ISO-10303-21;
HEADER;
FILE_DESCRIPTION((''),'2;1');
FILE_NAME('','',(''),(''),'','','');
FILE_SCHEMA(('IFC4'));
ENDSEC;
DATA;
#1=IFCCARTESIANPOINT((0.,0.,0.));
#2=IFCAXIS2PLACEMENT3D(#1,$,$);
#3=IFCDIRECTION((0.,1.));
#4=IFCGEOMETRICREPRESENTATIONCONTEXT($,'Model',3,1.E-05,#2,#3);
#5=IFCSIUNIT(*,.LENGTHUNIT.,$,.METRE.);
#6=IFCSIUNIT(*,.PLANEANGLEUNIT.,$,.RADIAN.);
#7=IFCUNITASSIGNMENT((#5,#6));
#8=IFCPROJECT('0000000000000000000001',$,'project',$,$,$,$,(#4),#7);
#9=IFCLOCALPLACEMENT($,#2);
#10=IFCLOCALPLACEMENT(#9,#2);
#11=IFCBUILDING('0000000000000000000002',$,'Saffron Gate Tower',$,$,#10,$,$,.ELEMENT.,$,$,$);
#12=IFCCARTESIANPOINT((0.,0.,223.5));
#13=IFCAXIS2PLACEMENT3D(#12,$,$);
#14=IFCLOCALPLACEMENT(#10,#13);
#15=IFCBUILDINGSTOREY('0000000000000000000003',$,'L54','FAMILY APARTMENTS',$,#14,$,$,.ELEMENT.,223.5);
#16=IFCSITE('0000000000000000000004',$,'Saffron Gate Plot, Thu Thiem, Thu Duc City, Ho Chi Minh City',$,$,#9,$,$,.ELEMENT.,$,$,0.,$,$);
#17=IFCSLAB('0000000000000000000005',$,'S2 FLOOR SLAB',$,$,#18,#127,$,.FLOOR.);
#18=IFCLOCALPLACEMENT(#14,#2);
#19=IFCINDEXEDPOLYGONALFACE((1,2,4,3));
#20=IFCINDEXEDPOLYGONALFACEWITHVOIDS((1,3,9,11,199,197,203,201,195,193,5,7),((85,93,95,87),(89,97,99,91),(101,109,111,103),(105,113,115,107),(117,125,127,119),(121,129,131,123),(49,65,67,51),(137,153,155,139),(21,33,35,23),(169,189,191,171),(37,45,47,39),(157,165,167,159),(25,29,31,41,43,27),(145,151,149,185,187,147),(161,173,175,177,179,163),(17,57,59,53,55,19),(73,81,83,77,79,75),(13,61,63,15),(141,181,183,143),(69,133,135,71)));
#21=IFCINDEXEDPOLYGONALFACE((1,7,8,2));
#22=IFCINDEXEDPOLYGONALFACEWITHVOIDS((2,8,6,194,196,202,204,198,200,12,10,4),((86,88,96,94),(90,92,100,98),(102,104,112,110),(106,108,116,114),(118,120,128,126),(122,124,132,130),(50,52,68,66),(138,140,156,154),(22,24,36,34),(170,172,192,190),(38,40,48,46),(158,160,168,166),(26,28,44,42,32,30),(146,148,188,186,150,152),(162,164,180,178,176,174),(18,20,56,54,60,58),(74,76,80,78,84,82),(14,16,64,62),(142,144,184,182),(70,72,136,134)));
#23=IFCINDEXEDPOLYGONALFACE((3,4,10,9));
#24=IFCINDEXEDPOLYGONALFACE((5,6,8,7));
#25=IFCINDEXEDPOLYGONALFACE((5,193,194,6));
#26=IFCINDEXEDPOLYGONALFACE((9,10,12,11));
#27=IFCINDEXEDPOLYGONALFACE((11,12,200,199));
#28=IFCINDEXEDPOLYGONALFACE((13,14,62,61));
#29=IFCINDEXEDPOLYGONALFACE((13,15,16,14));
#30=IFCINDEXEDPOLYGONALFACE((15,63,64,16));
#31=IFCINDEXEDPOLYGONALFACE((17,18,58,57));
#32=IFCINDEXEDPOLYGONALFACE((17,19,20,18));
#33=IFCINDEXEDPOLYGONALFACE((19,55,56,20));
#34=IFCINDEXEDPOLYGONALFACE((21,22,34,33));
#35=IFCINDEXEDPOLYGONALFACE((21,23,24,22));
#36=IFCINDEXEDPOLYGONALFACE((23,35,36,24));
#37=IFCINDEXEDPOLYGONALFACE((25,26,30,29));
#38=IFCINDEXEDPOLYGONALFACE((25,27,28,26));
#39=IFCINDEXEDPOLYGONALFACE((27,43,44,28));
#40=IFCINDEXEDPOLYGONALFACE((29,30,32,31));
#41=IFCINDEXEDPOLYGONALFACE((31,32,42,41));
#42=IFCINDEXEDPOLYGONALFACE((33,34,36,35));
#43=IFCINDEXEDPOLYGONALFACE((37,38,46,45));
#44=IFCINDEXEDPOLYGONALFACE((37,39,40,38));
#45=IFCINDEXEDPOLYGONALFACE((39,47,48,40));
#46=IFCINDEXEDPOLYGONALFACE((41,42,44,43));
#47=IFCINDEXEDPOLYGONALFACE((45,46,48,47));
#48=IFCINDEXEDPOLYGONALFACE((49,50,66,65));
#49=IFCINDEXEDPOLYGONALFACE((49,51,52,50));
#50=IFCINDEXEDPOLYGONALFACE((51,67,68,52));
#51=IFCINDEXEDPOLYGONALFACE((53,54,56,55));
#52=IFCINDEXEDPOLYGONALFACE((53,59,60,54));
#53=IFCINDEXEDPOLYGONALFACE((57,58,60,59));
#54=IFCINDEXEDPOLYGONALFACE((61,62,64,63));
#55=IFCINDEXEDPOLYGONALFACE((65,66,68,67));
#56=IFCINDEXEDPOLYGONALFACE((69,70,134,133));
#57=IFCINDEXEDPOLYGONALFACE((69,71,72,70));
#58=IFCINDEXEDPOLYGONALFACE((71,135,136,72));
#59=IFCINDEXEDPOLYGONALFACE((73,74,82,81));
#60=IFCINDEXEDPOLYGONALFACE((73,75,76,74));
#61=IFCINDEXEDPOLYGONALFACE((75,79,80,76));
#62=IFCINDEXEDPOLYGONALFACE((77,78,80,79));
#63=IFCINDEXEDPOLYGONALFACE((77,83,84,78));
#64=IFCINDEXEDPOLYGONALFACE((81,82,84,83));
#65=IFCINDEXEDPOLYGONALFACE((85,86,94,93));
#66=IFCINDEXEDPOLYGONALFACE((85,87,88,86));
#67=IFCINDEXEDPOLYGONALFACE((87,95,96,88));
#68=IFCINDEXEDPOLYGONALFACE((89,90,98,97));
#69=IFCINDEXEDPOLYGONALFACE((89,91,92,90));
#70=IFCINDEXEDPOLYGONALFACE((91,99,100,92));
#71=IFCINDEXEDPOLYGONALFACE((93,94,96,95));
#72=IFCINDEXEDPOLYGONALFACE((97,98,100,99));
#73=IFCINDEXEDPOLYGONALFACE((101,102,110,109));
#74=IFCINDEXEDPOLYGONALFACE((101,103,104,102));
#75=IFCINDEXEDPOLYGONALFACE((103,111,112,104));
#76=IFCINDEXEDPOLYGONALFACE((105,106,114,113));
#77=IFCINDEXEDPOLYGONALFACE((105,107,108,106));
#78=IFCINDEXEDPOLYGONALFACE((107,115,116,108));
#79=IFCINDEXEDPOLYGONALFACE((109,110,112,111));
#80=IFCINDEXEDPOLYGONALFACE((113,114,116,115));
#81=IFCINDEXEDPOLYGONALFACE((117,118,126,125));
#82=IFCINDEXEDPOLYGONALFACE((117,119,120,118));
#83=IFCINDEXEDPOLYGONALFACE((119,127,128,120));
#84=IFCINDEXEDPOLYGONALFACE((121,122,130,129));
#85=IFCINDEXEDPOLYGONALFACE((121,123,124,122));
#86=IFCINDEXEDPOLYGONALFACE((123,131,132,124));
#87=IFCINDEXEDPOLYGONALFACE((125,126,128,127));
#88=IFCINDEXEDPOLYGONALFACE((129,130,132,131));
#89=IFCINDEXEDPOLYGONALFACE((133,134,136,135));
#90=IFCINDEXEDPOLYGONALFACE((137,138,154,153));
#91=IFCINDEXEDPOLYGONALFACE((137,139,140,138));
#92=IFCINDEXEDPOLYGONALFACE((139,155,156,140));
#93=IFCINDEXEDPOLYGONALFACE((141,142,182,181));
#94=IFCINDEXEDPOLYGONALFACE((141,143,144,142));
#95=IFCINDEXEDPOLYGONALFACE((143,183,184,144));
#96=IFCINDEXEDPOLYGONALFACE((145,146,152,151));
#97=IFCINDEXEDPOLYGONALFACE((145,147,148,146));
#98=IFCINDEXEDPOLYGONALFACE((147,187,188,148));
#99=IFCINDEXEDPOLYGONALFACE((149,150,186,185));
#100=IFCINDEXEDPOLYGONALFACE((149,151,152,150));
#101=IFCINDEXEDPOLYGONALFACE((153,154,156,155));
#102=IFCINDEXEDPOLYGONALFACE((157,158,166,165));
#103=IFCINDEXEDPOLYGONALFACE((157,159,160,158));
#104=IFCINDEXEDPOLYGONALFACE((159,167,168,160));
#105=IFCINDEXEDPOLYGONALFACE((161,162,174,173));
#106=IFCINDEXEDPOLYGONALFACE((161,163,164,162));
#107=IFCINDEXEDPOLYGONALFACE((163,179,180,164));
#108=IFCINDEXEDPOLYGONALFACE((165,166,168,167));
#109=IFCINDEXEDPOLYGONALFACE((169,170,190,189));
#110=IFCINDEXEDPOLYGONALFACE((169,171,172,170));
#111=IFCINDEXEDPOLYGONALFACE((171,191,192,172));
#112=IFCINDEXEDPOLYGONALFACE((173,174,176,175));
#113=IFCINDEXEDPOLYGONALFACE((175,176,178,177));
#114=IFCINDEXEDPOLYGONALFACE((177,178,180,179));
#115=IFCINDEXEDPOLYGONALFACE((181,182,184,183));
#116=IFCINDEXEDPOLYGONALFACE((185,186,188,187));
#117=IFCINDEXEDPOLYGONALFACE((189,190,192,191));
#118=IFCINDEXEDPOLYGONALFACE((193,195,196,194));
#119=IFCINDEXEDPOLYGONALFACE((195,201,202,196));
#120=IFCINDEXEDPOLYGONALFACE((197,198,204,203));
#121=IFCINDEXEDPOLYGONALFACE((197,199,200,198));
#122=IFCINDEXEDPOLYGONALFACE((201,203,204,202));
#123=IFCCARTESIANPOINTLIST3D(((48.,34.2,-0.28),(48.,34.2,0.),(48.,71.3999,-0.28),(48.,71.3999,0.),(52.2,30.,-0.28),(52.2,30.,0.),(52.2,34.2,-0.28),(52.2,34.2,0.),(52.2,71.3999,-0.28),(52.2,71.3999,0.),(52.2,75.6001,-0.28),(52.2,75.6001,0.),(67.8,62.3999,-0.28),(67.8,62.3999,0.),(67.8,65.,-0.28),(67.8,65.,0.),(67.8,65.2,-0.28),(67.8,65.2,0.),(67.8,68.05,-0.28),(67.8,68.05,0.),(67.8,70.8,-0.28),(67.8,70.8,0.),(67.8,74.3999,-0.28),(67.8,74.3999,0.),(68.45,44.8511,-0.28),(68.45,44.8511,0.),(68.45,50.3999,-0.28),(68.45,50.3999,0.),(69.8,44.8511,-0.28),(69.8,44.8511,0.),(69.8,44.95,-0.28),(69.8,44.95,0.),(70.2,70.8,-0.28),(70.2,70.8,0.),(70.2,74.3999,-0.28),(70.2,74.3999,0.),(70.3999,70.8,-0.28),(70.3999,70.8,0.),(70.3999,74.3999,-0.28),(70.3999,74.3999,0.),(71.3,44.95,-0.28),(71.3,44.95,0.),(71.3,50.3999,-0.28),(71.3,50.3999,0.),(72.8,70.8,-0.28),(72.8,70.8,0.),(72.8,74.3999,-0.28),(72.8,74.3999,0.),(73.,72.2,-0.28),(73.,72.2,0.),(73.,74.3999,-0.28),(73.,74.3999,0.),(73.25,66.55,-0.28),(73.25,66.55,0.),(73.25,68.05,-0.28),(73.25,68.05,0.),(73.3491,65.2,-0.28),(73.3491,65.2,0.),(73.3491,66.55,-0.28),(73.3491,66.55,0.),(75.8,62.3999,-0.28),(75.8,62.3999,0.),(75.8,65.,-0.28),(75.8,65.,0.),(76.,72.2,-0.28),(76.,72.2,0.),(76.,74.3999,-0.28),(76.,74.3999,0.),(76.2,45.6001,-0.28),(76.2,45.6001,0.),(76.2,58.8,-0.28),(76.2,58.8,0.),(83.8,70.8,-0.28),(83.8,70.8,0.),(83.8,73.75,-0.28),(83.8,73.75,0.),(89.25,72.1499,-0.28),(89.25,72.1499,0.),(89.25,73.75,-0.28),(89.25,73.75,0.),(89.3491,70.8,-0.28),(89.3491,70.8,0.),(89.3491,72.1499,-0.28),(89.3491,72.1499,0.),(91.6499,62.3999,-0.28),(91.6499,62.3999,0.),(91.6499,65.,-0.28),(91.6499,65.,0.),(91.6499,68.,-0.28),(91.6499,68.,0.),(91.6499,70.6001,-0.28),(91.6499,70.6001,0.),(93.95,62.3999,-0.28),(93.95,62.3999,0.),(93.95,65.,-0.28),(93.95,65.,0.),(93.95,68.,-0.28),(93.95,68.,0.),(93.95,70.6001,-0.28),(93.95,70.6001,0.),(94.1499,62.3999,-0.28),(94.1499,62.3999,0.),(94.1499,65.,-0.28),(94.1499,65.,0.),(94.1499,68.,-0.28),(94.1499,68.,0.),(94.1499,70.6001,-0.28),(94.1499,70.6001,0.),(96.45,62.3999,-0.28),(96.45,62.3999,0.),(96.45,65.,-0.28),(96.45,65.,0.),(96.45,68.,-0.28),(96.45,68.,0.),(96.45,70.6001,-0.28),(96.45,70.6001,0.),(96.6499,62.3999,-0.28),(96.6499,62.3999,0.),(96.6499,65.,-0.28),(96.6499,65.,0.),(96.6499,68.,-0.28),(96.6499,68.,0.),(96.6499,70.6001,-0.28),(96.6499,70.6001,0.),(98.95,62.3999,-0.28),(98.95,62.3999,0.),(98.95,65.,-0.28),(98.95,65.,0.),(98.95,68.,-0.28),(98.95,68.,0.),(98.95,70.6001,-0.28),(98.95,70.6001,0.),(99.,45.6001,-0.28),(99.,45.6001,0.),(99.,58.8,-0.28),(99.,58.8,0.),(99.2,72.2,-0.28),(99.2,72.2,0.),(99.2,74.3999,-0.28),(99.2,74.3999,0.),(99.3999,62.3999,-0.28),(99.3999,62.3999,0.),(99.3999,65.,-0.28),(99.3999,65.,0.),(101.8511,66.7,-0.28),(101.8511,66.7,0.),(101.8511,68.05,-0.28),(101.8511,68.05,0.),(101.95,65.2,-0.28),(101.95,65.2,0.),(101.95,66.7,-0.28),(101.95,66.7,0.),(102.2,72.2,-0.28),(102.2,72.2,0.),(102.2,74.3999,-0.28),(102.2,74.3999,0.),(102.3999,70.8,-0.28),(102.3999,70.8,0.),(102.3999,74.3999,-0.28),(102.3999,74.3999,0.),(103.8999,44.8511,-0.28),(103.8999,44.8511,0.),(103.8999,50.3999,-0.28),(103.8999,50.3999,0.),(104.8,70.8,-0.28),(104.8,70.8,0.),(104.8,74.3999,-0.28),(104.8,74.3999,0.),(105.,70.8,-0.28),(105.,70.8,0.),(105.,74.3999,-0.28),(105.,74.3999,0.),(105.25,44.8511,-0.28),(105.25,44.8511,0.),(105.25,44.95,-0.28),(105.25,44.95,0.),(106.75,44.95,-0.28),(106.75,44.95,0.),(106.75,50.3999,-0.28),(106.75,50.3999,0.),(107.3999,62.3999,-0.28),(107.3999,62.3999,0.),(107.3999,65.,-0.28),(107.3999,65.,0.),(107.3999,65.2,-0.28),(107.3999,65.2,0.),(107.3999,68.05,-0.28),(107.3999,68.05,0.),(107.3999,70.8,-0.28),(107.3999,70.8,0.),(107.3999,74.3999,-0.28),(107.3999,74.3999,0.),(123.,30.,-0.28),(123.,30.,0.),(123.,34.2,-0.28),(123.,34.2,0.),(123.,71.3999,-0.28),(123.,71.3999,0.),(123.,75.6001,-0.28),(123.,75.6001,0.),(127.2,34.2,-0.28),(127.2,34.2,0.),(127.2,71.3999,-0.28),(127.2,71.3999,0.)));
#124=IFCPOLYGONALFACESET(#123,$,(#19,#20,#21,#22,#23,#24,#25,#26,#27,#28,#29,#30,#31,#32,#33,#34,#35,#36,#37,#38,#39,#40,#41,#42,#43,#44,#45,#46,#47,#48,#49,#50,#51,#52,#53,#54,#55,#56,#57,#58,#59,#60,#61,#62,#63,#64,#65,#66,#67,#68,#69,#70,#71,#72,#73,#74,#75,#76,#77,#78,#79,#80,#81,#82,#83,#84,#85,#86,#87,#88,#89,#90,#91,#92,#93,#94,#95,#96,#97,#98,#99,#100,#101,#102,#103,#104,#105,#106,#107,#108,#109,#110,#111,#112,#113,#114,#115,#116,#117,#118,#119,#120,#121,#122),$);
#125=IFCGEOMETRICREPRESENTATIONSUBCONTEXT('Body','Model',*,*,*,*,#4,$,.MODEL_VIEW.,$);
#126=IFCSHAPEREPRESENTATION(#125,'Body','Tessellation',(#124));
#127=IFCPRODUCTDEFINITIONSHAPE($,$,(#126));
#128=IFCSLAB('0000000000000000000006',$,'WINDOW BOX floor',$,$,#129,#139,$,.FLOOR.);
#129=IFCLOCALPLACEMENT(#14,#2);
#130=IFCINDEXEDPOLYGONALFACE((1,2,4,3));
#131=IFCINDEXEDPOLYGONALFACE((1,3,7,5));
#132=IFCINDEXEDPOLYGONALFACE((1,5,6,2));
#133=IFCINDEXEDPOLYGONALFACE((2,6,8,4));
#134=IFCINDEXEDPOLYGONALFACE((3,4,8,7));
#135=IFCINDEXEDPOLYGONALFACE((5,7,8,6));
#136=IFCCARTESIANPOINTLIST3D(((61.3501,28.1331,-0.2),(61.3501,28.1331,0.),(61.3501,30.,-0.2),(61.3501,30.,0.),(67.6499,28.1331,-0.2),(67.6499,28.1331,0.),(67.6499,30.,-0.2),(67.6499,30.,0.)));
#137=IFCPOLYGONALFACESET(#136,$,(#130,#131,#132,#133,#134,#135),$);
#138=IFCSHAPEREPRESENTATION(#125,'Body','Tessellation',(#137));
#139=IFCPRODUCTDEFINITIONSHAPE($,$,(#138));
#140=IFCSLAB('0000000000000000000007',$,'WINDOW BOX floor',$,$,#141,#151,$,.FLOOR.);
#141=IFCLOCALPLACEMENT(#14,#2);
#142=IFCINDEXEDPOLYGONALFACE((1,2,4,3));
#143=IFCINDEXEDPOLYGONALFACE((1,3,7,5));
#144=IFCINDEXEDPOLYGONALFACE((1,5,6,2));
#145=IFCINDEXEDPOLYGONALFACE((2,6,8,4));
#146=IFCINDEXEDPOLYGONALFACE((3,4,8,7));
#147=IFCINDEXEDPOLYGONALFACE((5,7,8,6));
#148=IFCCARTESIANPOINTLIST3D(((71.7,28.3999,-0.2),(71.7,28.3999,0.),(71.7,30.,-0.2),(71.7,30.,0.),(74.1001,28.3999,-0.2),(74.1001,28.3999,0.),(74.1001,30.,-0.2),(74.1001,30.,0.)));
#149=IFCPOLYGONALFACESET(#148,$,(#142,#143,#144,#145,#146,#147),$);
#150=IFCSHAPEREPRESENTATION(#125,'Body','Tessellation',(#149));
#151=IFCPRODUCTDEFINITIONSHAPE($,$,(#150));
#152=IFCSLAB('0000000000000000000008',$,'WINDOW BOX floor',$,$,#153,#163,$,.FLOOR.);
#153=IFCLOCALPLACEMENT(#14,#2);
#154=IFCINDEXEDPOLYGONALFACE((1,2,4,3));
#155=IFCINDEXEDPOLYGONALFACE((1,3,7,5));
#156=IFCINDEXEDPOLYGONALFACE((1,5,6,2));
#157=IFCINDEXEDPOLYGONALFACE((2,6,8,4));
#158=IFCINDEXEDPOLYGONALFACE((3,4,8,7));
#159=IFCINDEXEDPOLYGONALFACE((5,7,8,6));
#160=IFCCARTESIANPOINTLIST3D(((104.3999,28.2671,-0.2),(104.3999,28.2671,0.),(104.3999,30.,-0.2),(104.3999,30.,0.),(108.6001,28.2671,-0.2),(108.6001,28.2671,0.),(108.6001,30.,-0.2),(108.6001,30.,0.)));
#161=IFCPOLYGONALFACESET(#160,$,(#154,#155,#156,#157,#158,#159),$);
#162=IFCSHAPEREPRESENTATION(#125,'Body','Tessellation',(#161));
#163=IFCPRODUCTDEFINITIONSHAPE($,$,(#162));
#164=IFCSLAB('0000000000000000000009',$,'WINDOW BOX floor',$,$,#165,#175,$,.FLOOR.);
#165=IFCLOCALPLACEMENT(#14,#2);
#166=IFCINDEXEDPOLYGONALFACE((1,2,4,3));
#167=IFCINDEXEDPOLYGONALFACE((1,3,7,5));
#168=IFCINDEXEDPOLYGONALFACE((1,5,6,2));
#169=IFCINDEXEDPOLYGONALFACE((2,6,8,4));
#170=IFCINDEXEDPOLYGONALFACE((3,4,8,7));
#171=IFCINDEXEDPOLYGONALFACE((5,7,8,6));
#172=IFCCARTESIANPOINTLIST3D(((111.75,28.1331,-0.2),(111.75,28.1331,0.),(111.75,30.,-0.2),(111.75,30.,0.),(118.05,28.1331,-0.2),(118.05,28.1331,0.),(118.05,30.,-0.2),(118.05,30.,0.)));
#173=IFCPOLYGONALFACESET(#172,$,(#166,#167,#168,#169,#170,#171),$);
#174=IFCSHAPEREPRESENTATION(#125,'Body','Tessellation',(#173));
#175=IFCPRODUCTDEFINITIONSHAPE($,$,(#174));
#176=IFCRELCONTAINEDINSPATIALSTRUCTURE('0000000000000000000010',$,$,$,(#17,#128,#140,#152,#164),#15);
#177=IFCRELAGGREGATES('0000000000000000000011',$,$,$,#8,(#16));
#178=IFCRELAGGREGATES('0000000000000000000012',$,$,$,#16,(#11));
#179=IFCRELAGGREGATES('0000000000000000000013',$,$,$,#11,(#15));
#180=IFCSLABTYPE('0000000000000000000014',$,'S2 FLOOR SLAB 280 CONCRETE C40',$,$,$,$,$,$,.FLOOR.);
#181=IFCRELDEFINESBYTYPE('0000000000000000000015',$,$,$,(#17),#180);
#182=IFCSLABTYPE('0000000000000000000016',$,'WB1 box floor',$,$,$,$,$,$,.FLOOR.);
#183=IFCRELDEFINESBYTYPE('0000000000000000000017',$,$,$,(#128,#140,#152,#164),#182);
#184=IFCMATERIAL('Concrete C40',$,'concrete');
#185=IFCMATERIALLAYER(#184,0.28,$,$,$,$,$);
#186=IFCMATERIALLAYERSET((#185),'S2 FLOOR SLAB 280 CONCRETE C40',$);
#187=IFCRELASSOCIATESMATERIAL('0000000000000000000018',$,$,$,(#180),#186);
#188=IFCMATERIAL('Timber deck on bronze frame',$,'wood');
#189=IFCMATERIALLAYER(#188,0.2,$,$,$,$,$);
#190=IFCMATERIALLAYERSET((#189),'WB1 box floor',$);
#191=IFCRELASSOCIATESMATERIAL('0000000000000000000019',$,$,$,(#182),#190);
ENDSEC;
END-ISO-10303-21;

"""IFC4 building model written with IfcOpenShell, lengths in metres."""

from ifc_helpers import new_model, si_unit, direction, frame, origin, place, context, subcontext, project, spatial, polyline, outline, extrude, material, layer, layer_set, type_object, element, save


model = new_model("IFC4")

# Units and contexts
model_context = context("Model", 3, precision=1e-05, world=origin(), true_north=direction((0.0, 1.0)))
body_context = subcontext(model_context, "Body", "Model", "MODEL_VIEW")
ifc_project = project(units=[si_unit("LENGTHUNIT", "METRE"), si_unit("PLANEANGLEUNIT", "RADIAN")], contexts=[model_context])

# Site, building, storey
site_placement = place(None, origin())
site = spatial("IfcSite", under=ifc_project, at=site_placement, Name="Saffron Gate Plot, Thu Thiem, Thu Duc City, Ho Chi Minh City", CompositionType="ELEMENT", RefElevation=0.0)
building_placement = place(site_placement, origin())
building = spatial("IfcBuilding", under=site, at=building_placement, Name="Saffron Gate Tower", CompositionType="ELEMENT")
storey_placement = place(building_placement, frame((0.0, 0.0, 223.5)))
storey = spatial("IfcBuildingStorey", under=building, at=storey_placement, Name="L54", Description="FAMILY APARTMENTS", CompositionType="ELEMENT", Elevation=223.5)

# Slabs
ifc_material_1 = material(Name="Concrete C40", Category="concrete")
ifc_layer_1 = layer(ifc_material_1, 0.28)
ifc_layer_set_1 = layer_set([ifc_layer_1], Name="S2 FLOOR SLAB 280 CONCRETE C40")
slab_type_1 = type_object("IfcSlabType", Name="S2 FLOOR SLAB 280 CONCRETE C40", PredefinedType="FLOOR", material=ifc_layer_set_1)
slab_1_placement = place(storey_placement, frame((0.0, 0.0, -0.28)))
element("IfcSlab", 1, at=slab_1_placement, inside=storey, type_object=slab_type_1, Name="S2 FLOOR SLAB", PredefinedType="FLOOR", context=body_context, shape_type="SweptSolid", body=[
    extrude(outline(polyline([(48.0, 34.2), (52.2, 34.2), (52.2, 30.0), (123.0, 30.0), (123.0, 34.2), (127.2, 34.2), (127.2, 71.3999), (123.0, 71.3999), (123.0, 75.6001), (52.2, 75.6001), (52.2, 71.3999), (48.0, 71.3999), (48.0, 34.2)]), holes=[polyline([(67.8, 62.3999), (67.8, 65.0), (75.8, 65.0), (75.8, 62.3999), (67.8, 62.3999)]), polyline([(67.8, 65.2), (67.8, 68.05), (73.25, 68.05), (73.25, 66.55), (73.3491, 66.55), (73.3491, 65.2), (67.8, 65.2)]), polyline([(67.8, 70.8), (67.8, 74.3999), (70.2, 74.3999), (70.2, 70.8), (67.8, 70.8)]), polyline([(68.45, 44.8511), (68.45, 50.3999), (71.3, 50.3999), (71.3, 44.95), (69.8, 44.95), (69.8, 44.8511), (68.45, 44.8511)]), polyline([(70.3999, 70.8), (70.3999, 74.3999), (72.8, 74.3999), (72.8, 70.8), (70.3999, 70.8)]), polyline([(73.0, 72.2), (73.0, 74.3999), (76.0, 74.3999), (76.0, 72.2), (73.0, 72.2)]), polyline([(76.2, 45.6001), (76.2, 58.8), (99.0, 58.8), (99.0, 45.6001), (76.2, 45.6001)]), polyline([(83.8, 70.8), (83.8, 73.75), (89.25, 73.75), (89.25, 72.1499), (89.3491, 72.1499), (89.3491, 70.8), (83.8, 70.8)]), polyline([(91.6499, 62.3999), (91.6499, 65.0), (93.95, 65.0), (93.95, 62.3999), (91.6499, 62.3999)]), polyline([(91.6499, 68.0), (91.6499, 70.6001), (93.95, 70.6001), (93.95, 68.0), (91.6499, 68.0)]), polyline([(94.1499, 62.3999), (94.1499, 65.0), (96.45, 65.0), (96.45, 62.3999), (94.1499, 62.3999)]), polyline([(94.1499, 68.0), (94.1499, 70.6001), (96.45, 70.6001), (96.45, 68.0), (94.1499, 68.0)]), polyline([(96.6499, 62.3999), (96.6499, 65.0), (98.95, 65.0), (98.95, 62.3999), (96.6499, 62.3999)]), polyline([(96.6499, 68.0), (96.6499, 70.6001), (98.95, 70.6001), (98.95, 68.0), (96.6499, 68.0)]), polyline([(99.2, 72.2), (99.2, 74.3999), (102.2, 74.3999), (102.2, 72.2), (99.2, 72.2)]), polyline([(99.3999, 62.3999), (99.3999, 65.0), (107.3999, 65.0), (107.3999, 62.3999), (99.3999, 62.3999)]), polyline([(101.8511, 66.7), (101.8511, 68.05), (107.3999, 68.05), (107.3999, 65.2), (101.95, 65.2), (101.95, 66.7), (101.8511, 66.7)]), polyline([(102.3999, 70.8), (102.3999, 74.3999), (104.8, 74.3999), (104.8, 70.8), (102.3999, 70.8)]), polyline([(103.8999, 44.8511), (103.8999, 50.3999), (106.75, 50.3999), (106.75, 44.95), (105.25, 44.95), (105.25, 44.8511), (103.8999, 44.8511)]), polyline([(105.0, 70.8), (105.0, 74.3999), (107.3999, 74.3999), (107.3999, 70.8), (105.0, 70.8)])]), origin(), (0.0, 0.0, 1.0), 0.28),
])
ifc_material_2 = material(Name="Timber deck on bronze frame", Category="wood")
ifc_layer_2 = layer(ifc_material_2, 0.2)
ifc_layer_set_2 = layer_set([ifc_layer_2], Name="WB1 box floor")
slab_type_2 = type_object("IfcSlabType", Name="WB1 box floor", PredefinedType="FLOOR", material=ifc_layer_set_2)
slab_2_placement = place(storey_placement, frame((0.0, 0.0, -0.2)))
element("IfcSlab", 2, at=slab_2_placement, inside=storey, type_object=slab_type_2, Name="WINDOW BOX floor", PredefinedType="FLOOR", context=body_context, shape_type="SweptSolid", body=[
    extrude(outline(polyline([(61.3501, 30.0), (67.6499, 30.0), (67.6499, 28.1331), (61.3501, 28.1331), (61.3501, 30.0)])), origin(), (0.0, 0.0, 1.0), 0.2),
])
slab_3_placement = place(storey_placement, frame((0.0, 0.0, -0.2)))
element("IfcSlab", 3, at=slab_3_placement, inside=storey, type_object=slab_type_2, Name="WINDOW BOX floor", PredefinedType="FLOOR", context=body_context, shape_type="SweptSolid", body=[
    extrude(outline(polyline([(71.7, 30.0), (74.1001, 30.0), (74.1001, 28.3999), (71.7, 28.3999), (71.7, 30.0)])), origin(), (0.0, 0.0, 1.0), 0.2),
])
slab_4_placement = place(storey_placement, frame((0.0, 0.0, -0.2)))
element("IfcSlab", 4, at=slab_4_placement, inside=storey, type_object=slab_type_2, Name="WINDOW BOX floor", PredefinedType="FLOOR", context=body_context, shape_type="SweptSolid", body=[
    extrude(outline(polyline([(104.3999, 30.0), (108.6001, 30.0), (108.6001, 28.2671), (104.3999, 28.2671), (104.3999, 30.0)])), origin(), (0.0, 0.0, 1.0), 0.2),
])
slab_5_placement = place(storey_placement, frame((0.0, 0.0, -0.2)))
element("IfcSlab", 5, at=slab_5_placement, inside=storey, type_object=slab_type_2, Name="WINDOW BOX floor", PredefinedType="FLOOR", context=body_context, shape_type="SweptSolid", body=[
    extrude(outline(polyline([(111.75, 30.0), (118.05, 30.0), (118.05, 28.1331), (111.75, 28.1331), (111.75, 30.0)])), origin(), (0.0, 0.0, 1.0), 0.2),
])

save(model, "model.ifc")
